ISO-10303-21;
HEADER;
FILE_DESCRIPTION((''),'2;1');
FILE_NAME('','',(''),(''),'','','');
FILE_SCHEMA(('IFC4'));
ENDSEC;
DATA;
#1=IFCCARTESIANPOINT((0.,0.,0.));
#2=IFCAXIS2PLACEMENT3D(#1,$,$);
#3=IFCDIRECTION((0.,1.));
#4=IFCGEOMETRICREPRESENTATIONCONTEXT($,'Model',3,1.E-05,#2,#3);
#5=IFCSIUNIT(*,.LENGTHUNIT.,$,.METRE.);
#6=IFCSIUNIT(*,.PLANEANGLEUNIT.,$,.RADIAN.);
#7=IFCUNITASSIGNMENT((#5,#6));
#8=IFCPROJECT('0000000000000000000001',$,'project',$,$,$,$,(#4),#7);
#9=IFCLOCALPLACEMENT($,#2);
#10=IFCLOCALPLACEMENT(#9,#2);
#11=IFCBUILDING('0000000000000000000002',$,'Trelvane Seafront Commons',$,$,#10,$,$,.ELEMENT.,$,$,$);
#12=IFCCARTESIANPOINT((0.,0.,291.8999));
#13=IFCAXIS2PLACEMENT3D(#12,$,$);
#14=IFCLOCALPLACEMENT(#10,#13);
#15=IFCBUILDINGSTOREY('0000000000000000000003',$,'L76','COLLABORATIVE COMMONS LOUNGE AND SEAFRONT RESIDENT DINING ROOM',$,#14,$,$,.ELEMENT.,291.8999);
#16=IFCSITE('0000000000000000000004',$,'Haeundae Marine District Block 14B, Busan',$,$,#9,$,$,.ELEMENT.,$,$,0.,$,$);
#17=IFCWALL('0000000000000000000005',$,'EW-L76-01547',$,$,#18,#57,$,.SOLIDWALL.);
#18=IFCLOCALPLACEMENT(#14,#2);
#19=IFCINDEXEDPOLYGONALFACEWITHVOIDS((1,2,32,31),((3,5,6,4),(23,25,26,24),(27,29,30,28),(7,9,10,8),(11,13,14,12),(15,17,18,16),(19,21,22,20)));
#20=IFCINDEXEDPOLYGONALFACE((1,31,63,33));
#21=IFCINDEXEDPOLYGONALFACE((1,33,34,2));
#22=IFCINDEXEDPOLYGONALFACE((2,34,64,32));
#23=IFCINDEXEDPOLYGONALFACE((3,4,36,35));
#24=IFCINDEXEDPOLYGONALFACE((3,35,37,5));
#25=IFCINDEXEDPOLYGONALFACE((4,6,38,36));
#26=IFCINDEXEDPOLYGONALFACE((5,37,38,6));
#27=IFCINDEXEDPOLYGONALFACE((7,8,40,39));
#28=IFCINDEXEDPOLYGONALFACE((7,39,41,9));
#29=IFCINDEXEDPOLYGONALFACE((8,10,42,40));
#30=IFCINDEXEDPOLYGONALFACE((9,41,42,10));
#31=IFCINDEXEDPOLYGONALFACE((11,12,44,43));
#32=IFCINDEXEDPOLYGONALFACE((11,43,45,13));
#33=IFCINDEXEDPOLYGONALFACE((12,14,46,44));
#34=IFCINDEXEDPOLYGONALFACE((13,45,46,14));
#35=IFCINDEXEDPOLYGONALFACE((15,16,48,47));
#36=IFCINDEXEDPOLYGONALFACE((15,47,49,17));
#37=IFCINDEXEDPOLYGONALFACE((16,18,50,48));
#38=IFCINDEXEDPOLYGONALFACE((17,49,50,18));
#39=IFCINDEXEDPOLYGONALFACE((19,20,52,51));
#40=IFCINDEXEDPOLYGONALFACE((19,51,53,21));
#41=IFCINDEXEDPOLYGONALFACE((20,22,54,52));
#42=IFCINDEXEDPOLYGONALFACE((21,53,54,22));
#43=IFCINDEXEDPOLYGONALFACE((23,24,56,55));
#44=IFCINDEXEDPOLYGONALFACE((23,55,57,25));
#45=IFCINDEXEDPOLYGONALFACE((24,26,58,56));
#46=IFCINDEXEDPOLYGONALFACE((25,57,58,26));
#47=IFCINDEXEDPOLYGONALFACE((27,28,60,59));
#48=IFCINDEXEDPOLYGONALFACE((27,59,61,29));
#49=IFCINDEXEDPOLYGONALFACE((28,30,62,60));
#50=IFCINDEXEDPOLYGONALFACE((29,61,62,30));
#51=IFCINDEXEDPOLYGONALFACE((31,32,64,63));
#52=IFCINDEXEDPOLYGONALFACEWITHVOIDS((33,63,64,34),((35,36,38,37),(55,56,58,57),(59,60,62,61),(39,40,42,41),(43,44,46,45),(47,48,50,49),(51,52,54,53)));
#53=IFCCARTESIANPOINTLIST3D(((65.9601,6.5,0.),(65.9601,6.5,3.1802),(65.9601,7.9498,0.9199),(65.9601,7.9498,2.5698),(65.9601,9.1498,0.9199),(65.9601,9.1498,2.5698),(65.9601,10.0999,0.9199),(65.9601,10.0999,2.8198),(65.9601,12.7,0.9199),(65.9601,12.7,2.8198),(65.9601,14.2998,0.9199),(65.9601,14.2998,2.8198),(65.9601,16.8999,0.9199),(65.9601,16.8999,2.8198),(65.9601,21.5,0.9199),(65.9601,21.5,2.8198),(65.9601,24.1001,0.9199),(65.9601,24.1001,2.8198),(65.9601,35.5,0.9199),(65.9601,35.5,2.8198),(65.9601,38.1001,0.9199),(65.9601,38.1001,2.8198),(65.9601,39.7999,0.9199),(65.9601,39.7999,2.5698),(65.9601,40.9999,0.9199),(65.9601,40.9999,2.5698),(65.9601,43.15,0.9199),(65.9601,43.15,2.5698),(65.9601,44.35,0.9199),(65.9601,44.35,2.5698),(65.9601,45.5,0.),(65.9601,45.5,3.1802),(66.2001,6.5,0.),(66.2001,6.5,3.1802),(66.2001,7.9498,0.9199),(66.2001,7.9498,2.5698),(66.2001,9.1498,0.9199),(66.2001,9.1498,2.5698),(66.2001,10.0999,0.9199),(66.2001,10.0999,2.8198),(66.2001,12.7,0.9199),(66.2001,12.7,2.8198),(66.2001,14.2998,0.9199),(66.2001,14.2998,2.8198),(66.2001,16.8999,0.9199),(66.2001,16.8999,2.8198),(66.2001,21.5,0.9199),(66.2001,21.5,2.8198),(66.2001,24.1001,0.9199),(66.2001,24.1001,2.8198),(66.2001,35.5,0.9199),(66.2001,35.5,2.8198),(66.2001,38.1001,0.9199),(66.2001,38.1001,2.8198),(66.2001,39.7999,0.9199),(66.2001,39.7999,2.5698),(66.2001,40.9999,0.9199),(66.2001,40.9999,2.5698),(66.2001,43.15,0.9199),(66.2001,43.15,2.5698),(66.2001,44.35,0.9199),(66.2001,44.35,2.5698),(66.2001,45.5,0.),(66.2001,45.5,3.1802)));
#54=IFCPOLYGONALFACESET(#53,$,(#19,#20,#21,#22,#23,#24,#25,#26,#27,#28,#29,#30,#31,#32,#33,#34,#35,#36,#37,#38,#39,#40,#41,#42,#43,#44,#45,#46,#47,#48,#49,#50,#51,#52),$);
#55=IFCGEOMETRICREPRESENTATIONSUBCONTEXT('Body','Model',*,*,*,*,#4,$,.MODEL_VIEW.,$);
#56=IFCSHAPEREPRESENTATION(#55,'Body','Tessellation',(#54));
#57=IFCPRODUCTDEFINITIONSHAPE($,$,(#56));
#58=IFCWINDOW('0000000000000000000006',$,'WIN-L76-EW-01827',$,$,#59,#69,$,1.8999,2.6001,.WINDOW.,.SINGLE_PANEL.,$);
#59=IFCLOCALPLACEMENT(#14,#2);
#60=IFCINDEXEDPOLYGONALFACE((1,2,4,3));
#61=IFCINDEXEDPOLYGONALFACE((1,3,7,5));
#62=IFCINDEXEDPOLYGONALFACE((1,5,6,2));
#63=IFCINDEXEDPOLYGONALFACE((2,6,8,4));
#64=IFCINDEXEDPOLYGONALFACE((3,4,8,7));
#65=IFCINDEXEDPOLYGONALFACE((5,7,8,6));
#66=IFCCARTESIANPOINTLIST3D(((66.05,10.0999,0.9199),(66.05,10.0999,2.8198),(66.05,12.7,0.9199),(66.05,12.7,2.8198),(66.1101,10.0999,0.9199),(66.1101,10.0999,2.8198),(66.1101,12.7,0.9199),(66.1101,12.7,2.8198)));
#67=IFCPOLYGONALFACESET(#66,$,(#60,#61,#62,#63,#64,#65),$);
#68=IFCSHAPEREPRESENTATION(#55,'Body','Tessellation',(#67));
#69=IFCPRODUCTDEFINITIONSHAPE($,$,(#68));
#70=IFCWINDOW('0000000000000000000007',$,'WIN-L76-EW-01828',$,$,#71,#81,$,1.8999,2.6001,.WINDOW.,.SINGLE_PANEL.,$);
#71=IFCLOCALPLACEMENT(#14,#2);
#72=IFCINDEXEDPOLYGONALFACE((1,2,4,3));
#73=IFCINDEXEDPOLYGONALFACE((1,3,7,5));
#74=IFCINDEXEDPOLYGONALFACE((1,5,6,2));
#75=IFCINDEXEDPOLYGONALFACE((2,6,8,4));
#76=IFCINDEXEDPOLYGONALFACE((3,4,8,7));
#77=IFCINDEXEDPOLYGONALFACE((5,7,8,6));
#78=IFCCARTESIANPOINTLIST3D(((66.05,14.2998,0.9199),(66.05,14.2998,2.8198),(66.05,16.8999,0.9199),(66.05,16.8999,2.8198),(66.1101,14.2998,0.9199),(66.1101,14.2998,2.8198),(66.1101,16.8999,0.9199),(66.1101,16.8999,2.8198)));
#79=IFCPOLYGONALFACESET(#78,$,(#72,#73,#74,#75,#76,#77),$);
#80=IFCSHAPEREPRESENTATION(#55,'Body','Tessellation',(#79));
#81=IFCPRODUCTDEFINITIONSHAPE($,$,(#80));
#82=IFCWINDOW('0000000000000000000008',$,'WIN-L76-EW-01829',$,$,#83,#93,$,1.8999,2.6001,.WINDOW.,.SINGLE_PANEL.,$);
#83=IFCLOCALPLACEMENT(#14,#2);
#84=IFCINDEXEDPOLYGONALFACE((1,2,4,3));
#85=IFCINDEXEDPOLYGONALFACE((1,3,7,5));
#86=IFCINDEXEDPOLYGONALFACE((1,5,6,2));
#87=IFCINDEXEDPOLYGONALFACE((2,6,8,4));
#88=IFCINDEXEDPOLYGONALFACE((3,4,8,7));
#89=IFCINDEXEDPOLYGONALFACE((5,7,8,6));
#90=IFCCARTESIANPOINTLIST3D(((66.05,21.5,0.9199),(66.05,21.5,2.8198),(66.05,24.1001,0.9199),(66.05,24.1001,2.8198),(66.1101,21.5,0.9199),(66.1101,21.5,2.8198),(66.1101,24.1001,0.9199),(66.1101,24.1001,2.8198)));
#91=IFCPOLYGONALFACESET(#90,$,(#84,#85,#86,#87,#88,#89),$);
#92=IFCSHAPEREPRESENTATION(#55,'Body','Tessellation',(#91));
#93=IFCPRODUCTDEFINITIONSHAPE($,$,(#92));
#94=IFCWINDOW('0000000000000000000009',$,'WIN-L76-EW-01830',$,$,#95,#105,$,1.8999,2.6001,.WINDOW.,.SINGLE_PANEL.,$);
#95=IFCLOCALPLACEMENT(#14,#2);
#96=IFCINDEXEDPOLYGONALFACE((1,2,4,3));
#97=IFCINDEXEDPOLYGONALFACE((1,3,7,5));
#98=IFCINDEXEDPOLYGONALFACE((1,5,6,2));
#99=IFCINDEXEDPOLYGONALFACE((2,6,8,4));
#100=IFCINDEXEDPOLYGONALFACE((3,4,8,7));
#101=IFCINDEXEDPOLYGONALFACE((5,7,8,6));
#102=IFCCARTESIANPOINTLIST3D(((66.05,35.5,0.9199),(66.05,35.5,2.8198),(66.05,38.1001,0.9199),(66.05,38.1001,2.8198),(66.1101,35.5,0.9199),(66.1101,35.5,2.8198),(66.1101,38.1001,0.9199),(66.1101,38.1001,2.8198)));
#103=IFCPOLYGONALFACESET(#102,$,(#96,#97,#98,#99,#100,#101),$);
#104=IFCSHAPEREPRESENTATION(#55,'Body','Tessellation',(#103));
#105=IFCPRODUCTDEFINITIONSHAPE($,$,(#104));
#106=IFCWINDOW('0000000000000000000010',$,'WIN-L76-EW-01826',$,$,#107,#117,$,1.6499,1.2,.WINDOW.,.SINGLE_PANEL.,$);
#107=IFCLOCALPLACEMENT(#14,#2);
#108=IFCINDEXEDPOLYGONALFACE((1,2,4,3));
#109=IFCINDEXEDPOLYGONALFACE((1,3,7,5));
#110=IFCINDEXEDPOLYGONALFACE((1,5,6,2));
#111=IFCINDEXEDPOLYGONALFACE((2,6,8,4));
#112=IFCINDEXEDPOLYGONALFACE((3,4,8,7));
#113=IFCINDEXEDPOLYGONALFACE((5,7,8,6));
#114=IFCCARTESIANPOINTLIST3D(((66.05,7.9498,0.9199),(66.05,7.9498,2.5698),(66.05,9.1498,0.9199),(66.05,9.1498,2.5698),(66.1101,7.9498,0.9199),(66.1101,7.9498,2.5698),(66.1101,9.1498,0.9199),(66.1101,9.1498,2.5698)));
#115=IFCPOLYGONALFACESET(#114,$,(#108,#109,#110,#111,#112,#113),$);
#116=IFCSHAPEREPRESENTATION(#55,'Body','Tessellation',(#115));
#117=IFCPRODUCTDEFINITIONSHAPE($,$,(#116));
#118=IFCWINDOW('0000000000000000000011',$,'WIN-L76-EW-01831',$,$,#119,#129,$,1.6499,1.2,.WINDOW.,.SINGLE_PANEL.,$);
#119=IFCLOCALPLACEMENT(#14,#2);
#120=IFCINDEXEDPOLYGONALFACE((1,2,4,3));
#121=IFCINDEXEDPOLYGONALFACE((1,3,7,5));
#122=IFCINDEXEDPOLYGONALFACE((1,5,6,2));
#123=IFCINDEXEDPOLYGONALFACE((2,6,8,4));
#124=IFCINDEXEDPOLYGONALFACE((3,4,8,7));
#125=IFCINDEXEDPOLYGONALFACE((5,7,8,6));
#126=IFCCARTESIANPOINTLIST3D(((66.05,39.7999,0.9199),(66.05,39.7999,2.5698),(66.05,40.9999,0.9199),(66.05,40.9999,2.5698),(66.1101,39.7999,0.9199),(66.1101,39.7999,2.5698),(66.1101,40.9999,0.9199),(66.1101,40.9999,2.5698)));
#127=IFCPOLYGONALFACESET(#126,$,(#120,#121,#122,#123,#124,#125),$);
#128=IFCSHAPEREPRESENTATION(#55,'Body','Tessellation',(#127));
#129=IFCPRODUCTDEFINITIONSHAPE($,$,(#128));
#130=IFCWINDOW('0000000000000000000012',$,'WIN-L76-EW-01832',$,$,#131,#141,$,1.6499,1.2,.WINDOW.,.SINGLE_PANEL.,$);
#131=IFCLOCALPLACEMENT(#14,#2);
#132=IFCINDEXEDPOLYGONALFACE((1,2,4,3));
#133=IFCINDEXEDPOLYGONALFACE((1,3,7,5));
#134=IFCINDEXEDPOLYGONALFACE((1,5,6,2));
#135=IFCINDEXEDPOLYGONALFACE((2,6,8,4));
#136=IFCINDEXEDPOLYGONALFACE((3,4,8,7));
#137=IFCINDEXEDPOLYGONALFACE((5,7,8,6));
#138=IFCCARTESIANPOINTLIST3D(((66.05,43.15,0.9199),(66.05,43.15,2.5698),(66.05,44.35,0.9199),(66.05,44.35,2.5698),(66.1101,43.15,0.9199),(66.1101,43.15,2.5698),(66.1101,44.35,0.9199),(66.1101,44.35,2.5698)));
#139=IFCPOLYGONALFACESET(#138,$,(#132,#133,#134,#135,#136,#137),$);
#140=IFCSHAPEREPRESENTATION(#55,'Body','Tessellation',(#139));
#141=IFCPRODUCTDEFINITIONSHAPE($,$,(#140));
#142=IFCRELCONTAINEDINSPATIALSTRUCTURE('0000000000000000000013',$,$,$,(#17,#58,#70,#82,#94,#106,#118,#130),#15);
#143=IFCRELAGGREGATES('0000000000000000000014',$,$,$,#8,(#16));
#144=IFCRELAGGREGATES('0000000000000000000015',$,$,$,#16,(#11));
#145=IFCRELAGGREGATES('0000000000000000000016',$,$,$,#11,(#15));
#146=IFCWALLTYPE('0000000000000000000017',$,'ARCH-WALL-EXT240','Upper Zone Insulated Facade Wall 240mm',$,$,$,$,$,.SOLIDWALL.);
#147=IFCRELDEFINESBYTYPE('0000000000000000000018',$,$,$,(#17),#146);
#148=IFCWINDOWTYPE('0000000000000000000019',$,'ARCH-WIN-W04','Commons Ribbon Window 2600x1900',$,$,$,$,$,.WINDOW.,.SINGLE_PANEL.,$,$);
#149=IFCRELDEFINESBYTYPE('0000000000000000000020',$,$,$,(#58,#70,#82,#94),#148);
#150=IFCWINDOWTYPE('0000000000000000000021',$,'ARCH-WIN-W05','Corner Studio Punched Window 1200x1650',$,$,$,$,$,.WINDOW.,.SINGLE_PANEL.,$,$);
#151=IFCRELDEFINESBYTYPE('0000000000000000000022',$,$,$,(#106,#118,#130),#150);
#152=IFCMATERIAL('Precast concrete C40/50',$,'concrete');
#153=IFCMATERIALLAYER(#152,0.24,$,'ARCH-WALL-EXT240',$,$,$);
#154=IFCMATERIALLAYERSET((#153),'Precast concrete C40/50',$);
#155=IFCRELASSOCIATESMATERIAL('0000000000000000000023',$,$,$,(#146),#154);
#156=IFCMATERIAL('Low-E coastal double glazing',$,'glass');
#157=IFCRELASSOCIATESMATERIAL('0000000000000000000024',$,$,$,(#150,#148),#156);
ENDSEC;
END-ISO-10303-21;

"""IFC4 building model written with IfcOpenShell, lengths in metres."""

from ifc_helpers import new_model, si_unit, direction, frame, frame_2d, origin, place, context, subcontext, project, spatial, rectangle, extrude, source, transform, mapped, material, layer, layer_set, type_object, element, fill, save


model = new_model("IFC4")

# Units and contexts
model_context = context("Model", 3, precision=1e-05, world=origin(), true_north=direction((0.0, 1.0)))
body_context = subcontext(model_context, "Body", "Model", "MODEL_VIEW")
ifc_project = project(units=[si_unit("LENGTHUNIT", "METRE"), si_unit("PLANEANGLEUNIT", "RADIAN")], contexts=[model_context])

# Site, building, storey
site_placement = place(None, origin())
site = spatial("IfcSite", under=ifc_project, at=site_placement, Name="Haeundae Marine District Block 14B, Busan", CompositionType="ELEMENT", RefElevation=0.0)
building_placement = place(site_placement, origin())
building = spatial("IfcBuilding", under=site, at=building_placement, Name="Trelvane Seafront Commons", CompositionType="ELEMENT")
storey_placement = place(building_placement, frame((0.0, 0.0, 291.8999)))
storey = spatial("IfcBuildingStorey", under=building, at=storey_placement, Name="L76", Description="COLLABORATIVE COMMONS LOUNGE AND SEAFRONT RESIDENT DINING ROOM", CompositionType="ELEMENT", Elevation=291.8999)

# Shared definitions
ifc_material_1 = material(Name="Low-E coastal double glazing", Category="glass")

# Shared definitions
ifc_material_2 = material(Name="Precast concrete C40/50", Category="concrete")
ifc_layer_1 = layer(ifc_material_2, 0.24, Name="ARCH-WALL-EXT240")
ifc_layer_set_1 = layer_set([ifc_layer_1], Name="Precast concrete C40/50")
wall_type = type_object("IfcWallType", Name="ARCH-WALL-EXT240", Description="Upper Zone Insulated Facade Wall 240mm", PredefinedType="SOLIDWALL", material=ifc_layer_set_1)
window_type_1 = type_object("IfcWindowType", Name="ARCH-WIN-W05", Description="Corner Studio Punched Window 1200x1650", PartitioningType="SINGLE_PANEL", PredefinedType="WINDOW", material=ifc_material_1)
shared_shape_1 = source(origin(), body_context, "Body", "SweptSolid", [
    extrude(rectangle(XDim=1.2, YDim=1.6499, at=frame_2d((0.6001, 0.825))), frame((0.0, 0.03, 0.0), z_axis=(0.0, -1.0, 0.0), x_axis=(1.0, 0.0, 0.0)), (0.0, 0.0, 1.0), 0.0601),
])

# Wall, openings, windows
wall_1_placement = place(storey_placement, frame((66.0801, 45.5, 0.0), z_axis=(0.0, 0.0, 1.0), x_axis=(0.0, -1.0, 0.0)))
wall_1 = element("IfcWall", 1, at=wall_1_placement, inside=storey, type_object=wall_type, Name="EW-L76-01547", PredefinedType="SOLIDWALL", context=body_context, shape_type="SweptSolid", body=[
    extrude(rectangle(XDim=39.0, YDim=0.24, at=frame_2d((19.5, 0.0))), origin(), (0.0, 0.0, 1.0), 3.1802),
])
opening_1_placement = place(wall_1_placement, frame((36.3501, 0.0, 0.9199)))
opening_1 = element("IfcOpeningElement", 2, at=opening_1_placement, cuts=wall_1, PredefinedType="OPENING", context=body_context, shape_type="SweptSolid", body=[
    extrude(rectangle(XDim=1.2, YDim=1.6499, at=frame_2d((0.6001, 0.825))), frame((0.0, 0.1299, 0.0), z_axis=(0.0, -1.0, 0.0), x_axis=(1.0, 0.0, 0.0)), (0.0, 0.0, 1.0), 0.26),
])
opening_2_placement = place(wall_1_placement, frame((32.8, 0.0, 0.9199)))
opening_2 = element("IfcOpeningElement", 3, at=opening_2_placement, cuts=wall_1, PredefinedType="OPENING", context=body_context, shape_type="SweptSolid", body=[
    extrude(rectangle(XDim=2.6001, YDim=1.8999, at=frame_2d((1.3, 0.95))), frame((0.0, 0.1299, 0.0), z_axis=(0.0, -1.0, 0.0), x_axis=(1.0, 0.0, 0.0)), (0.0, 0.0, 1.0), 0.26),
])
opening_3_placement = place(wall_1_placement, frame((28.6001, 0.0, 0.9199)))
opening_3 = element("IfcOpeningElement", 4, at=opening_3_placement, cuts=wall_1, PredefinedType="OPENING", context=body_context, shape_type="SweptSolid", body=[
    extrude(rectangle(XDim=2.6001, YDim=1.8999, at=frame_2d((1.3, 0.95))), frame((0.0, 0.1299, 0.0), z_axis=(0.0, -1.0, 0.0), x_axis=(1.0, 0.0, 0.0)), (0.0, 0.0, 1.0), 0.26),
])
opening_4_placement = place(wall_1_placement, frame((21.3999, 0.0, 0.9199)))
opening_4 = element("IfcOpeningElement", 5, at=opening_4_placement, cuts=wall_1, PredefinedType="OPENING", context=body_context, shape_type="SweptSolid", body=[
    extrude(rectangle(XDim=2.6001, YDim=1.8999, at=frame_2d((1.3, 0.95))), frame((0.0, 0.1299, 0.0), z_axis=(0.0, -1.0, 0.0), x_axis=(1.0, 0.0, 0.0)), (0.0, 0.0, 1.0), 0.26),
])
opening_5_placement = place(wall_1_placement, frame((7.3999, 0.0, 0.9199)))
opening_5 = element("IfcOpeningElement", 6, at=opening_5_placement, cuts=wall_1, PredefinedType="OPENING", context=body_context, shape_type="SweptSolid", body=[
    extrude(rectangle(XDim=2.6001, YDim=1.8999, at=frame_2d((1.3, 0.95))), frame((0.0, 0.1299, 0.0), z_axis=(0.0, -1.0, 0.0), x_axis=(1.0, 0.0, 0.0)), (0.0, 0.0, 1.0), 0.26),
])
opening_6_placement = place(wall_1_placement, frame((4.5, 0.0, 0.9199)))
opening_6 = element("IfcOpeningElement", 7, at=opening_6_placement, cuts=wall_1, PredefinedType="OPENING", context=body_context, shape_type="SweptSolid", body=[
    extrude(rectangle(XDim=1.2, YDim=1.6499, at=frame_2d((0.6001, 0.825))), frame((0.0, 0.1299, 0.0), z_axis=(0.0, -1.0, 0.0), x_axis=(1.0, 0.0, 0.0)), (0.0, 0.0, 1.0), 0.26),
])
opening_7_placement = place(wall_1_placement, frame((1.1499, 0.0, 0.9199)))
opening_7 = element("IfcOpeningElement", 8, at=opening_7_placement, cuts=wall_1, PredefinedType="OPENING", context=body_context, shape_type="SweptSolid", body=[
    extrude(rectangle(XDim=1.2, YDim=1.6499, at=frame_2d((0.6001, 0.825))), frame((0.0, 0.1299, 0.0), z_axis=(0.0, -1.0, 0.0), x_axis=(1.0, 0.0, 0.0)), (0.0, 0.0, 1.0), 0.26),
])
window_type_2 = type_object("IfcWindowType", Name="ARCH-WIN-W04", Description="Commons Ribbon Window 2600x1900", PartitioningType="SINGLE_PANEL", PredefinedType="WINDOW", material=ifc_material_1)
shared_shape_2 = source(origin(), body_context, "Body", "SweptSolid", [
    extrude(rectangle(XDim=2.6001, YDim=1.8999, at=frame_2d((1.3, 0.95))), frame((0.0, 0.03, 0.0), z_axis=(0.0, -1.0, 0.0), x_axis=(1.0, 0.0, 0.0)), (0.0, 0.0, 1.0), 0.0601),
])
window_1_placement = place(opening_2_placement, origin())
window_1 = element("IfcWindow", 9, at=window_1_placement, inside=storey, type_object=window_type_2, Name="WIN-L76-EW-01827", OverallHeight=1.8999, OverallWidth=2.6001, PartitioningType="SINGLE_PANEL", PredefinedType="WINDOW", context=body_context, shape_type="MappedRepresentation", body=[
    mapped(shared_shape_2, transform((0.0, 0.0, 0.0), x_axis=(1.0, 0.0, 0.0), y_axis=(0.0, 1.0, 0.0), z_axis=(0.0, 0.0, 1.0), scale=1.0)),
])
fill(opening_2, window_1)
window_2_placement = place(opening_3_placement, origin())
window_2 = element("IfcWindow", 10, at=window_2_placement, inside=storey, type_object=window_type_2, Name="WIN-L76-EW-01828", OverallHeight=1.8999, OverallWidth=2.6001, PartitioningType="SINGLE_PANEL", PredefinedType="WINDOW", context=body_context, shape_type="MappedRepresentation", body=[
    mapped(shared_shape_2, transform((0.0, 0.0, 0.0), x_axis=(1.0, 0.0, 0.0), y_axis=(0.0, 1.0, 0.0), z_axis=(0.0, 0.0, 1.0), scale=1.0)),
])
fill(opening_3, window_2)
window_3_placement = place(opening_4_placement, origin())
window_3 = element("IfcWindow", 11, at=window_3_placement, inside=storey, type_object=window_type_2, Name="WIN-L76-EW-01829", OverallHeight=1.8999, OverallWidth=2.6001, PartitioningType="SINGLE_PANEL", PredefinedType="WINDOW", context=body_context, shape_type="MappedRepresentation", body=[
    mapped(shared_shape_2, transform((0.0, 0.0, 0.0), x_axis=(1.0, 0.0, 0.0), y_axis=(0.0, 1.0, 0.0), z_axis=(0.0, 0.0, 1.0), scale=1.0)),
])
fill(opening_4, window_3)
window_4_placement = place(opening_5_placement, origin())
window_4 = element("IfcWindow", 12, at=window_4_placement, inside=storey, type_object=window_type_2, Name="WIN-L76-EW-01830", OverallHeight=1.8999, OverallWidth=2.6001, PartitioningType="SINGLE_PANEL", PredefinedType="WINDOW", context=body_context, shape_type="MappedRepresentation", body=[
    mapped(shared_shape_2, transform((0.0, 0.0, 0.0), x_axis=(1.0, 0.0, 0.0), y_axis=(0.0, 1.0, 0.0), z_axis=(0.0, 0.0, 1.0), scale=1.0)),
])
fill(opening_5, window_4)
window_5_placement = place(opening_1_placement, origin())
window_5 = element("IfcWindow", 13, at=window_5_placement, inside=storey, type_object=window_type_1, Name="WIN-L76-EW-01826", OverallHeight=1.6499, OverallWidth=1.2, PartitioningType="SINGLE_PANEL", PredefinedType="WINDOW", context=body_context, shape_type="MappedRepresentation", body=[
    mapped(shared_shape_1, transform((0.0, 0.0, 0.0), x_axis=(1.0, 0.0, 0.0), y_axis=(0.0, 1.0, 0.0), z_axis=(0.0, 0.0, 1.0), scale=1.0)),
])
fill(opening_1, window_5)
window_6_placement = place(opening_6_placement, origin())
window_6 = element("IfcWindow", 14, at=window_6_placement, inside=storey, type_object=window_type_1, Name="WIN-L76-EW-01831", OverallHeight=1.6499, OverallWidth=1.2, PartitioningType="SINGLE_PANEL", PredefinedType="WINDOW", context=body_context, shape_type="MappedRepresentation", body=[
    mapped(shared_shape_1, transform((0.0, 0.0, 0.0), x_axis=(1.0, 0.0, 0.0), y_axis=(0.0, 1.0, 0.0), z_axis=(0.0, 0.0, 1.0), scale=1.0)),
])
fill(opening_6, window_6)
window_7_placement = place(opening_7_placement, origin())
window_7 = element("IfcWindow", 15, at=window_7_placement, inside=storey, type_object=window_type_1, Name="WIN-L76-EW-01832", OverallHeight=1.6499, OverallWidth=1.2, PartitioningType="SINGLE_PANEL", PredefinedType="WINDOW", context=body_context, shape_type="MappedRepresentation", body=[
    mapped(shared_shape_1, transform((0.0, 0.0, 0.0), x_axis=(1.0, 0.0, 0.0), y_axis=(0.0, 1.0, 0.0), z_axis=(0.0, 0.0, 1.0), scale=1.0)),
])
fill(opening_7, window_7)

save(model, "model.ifc")
